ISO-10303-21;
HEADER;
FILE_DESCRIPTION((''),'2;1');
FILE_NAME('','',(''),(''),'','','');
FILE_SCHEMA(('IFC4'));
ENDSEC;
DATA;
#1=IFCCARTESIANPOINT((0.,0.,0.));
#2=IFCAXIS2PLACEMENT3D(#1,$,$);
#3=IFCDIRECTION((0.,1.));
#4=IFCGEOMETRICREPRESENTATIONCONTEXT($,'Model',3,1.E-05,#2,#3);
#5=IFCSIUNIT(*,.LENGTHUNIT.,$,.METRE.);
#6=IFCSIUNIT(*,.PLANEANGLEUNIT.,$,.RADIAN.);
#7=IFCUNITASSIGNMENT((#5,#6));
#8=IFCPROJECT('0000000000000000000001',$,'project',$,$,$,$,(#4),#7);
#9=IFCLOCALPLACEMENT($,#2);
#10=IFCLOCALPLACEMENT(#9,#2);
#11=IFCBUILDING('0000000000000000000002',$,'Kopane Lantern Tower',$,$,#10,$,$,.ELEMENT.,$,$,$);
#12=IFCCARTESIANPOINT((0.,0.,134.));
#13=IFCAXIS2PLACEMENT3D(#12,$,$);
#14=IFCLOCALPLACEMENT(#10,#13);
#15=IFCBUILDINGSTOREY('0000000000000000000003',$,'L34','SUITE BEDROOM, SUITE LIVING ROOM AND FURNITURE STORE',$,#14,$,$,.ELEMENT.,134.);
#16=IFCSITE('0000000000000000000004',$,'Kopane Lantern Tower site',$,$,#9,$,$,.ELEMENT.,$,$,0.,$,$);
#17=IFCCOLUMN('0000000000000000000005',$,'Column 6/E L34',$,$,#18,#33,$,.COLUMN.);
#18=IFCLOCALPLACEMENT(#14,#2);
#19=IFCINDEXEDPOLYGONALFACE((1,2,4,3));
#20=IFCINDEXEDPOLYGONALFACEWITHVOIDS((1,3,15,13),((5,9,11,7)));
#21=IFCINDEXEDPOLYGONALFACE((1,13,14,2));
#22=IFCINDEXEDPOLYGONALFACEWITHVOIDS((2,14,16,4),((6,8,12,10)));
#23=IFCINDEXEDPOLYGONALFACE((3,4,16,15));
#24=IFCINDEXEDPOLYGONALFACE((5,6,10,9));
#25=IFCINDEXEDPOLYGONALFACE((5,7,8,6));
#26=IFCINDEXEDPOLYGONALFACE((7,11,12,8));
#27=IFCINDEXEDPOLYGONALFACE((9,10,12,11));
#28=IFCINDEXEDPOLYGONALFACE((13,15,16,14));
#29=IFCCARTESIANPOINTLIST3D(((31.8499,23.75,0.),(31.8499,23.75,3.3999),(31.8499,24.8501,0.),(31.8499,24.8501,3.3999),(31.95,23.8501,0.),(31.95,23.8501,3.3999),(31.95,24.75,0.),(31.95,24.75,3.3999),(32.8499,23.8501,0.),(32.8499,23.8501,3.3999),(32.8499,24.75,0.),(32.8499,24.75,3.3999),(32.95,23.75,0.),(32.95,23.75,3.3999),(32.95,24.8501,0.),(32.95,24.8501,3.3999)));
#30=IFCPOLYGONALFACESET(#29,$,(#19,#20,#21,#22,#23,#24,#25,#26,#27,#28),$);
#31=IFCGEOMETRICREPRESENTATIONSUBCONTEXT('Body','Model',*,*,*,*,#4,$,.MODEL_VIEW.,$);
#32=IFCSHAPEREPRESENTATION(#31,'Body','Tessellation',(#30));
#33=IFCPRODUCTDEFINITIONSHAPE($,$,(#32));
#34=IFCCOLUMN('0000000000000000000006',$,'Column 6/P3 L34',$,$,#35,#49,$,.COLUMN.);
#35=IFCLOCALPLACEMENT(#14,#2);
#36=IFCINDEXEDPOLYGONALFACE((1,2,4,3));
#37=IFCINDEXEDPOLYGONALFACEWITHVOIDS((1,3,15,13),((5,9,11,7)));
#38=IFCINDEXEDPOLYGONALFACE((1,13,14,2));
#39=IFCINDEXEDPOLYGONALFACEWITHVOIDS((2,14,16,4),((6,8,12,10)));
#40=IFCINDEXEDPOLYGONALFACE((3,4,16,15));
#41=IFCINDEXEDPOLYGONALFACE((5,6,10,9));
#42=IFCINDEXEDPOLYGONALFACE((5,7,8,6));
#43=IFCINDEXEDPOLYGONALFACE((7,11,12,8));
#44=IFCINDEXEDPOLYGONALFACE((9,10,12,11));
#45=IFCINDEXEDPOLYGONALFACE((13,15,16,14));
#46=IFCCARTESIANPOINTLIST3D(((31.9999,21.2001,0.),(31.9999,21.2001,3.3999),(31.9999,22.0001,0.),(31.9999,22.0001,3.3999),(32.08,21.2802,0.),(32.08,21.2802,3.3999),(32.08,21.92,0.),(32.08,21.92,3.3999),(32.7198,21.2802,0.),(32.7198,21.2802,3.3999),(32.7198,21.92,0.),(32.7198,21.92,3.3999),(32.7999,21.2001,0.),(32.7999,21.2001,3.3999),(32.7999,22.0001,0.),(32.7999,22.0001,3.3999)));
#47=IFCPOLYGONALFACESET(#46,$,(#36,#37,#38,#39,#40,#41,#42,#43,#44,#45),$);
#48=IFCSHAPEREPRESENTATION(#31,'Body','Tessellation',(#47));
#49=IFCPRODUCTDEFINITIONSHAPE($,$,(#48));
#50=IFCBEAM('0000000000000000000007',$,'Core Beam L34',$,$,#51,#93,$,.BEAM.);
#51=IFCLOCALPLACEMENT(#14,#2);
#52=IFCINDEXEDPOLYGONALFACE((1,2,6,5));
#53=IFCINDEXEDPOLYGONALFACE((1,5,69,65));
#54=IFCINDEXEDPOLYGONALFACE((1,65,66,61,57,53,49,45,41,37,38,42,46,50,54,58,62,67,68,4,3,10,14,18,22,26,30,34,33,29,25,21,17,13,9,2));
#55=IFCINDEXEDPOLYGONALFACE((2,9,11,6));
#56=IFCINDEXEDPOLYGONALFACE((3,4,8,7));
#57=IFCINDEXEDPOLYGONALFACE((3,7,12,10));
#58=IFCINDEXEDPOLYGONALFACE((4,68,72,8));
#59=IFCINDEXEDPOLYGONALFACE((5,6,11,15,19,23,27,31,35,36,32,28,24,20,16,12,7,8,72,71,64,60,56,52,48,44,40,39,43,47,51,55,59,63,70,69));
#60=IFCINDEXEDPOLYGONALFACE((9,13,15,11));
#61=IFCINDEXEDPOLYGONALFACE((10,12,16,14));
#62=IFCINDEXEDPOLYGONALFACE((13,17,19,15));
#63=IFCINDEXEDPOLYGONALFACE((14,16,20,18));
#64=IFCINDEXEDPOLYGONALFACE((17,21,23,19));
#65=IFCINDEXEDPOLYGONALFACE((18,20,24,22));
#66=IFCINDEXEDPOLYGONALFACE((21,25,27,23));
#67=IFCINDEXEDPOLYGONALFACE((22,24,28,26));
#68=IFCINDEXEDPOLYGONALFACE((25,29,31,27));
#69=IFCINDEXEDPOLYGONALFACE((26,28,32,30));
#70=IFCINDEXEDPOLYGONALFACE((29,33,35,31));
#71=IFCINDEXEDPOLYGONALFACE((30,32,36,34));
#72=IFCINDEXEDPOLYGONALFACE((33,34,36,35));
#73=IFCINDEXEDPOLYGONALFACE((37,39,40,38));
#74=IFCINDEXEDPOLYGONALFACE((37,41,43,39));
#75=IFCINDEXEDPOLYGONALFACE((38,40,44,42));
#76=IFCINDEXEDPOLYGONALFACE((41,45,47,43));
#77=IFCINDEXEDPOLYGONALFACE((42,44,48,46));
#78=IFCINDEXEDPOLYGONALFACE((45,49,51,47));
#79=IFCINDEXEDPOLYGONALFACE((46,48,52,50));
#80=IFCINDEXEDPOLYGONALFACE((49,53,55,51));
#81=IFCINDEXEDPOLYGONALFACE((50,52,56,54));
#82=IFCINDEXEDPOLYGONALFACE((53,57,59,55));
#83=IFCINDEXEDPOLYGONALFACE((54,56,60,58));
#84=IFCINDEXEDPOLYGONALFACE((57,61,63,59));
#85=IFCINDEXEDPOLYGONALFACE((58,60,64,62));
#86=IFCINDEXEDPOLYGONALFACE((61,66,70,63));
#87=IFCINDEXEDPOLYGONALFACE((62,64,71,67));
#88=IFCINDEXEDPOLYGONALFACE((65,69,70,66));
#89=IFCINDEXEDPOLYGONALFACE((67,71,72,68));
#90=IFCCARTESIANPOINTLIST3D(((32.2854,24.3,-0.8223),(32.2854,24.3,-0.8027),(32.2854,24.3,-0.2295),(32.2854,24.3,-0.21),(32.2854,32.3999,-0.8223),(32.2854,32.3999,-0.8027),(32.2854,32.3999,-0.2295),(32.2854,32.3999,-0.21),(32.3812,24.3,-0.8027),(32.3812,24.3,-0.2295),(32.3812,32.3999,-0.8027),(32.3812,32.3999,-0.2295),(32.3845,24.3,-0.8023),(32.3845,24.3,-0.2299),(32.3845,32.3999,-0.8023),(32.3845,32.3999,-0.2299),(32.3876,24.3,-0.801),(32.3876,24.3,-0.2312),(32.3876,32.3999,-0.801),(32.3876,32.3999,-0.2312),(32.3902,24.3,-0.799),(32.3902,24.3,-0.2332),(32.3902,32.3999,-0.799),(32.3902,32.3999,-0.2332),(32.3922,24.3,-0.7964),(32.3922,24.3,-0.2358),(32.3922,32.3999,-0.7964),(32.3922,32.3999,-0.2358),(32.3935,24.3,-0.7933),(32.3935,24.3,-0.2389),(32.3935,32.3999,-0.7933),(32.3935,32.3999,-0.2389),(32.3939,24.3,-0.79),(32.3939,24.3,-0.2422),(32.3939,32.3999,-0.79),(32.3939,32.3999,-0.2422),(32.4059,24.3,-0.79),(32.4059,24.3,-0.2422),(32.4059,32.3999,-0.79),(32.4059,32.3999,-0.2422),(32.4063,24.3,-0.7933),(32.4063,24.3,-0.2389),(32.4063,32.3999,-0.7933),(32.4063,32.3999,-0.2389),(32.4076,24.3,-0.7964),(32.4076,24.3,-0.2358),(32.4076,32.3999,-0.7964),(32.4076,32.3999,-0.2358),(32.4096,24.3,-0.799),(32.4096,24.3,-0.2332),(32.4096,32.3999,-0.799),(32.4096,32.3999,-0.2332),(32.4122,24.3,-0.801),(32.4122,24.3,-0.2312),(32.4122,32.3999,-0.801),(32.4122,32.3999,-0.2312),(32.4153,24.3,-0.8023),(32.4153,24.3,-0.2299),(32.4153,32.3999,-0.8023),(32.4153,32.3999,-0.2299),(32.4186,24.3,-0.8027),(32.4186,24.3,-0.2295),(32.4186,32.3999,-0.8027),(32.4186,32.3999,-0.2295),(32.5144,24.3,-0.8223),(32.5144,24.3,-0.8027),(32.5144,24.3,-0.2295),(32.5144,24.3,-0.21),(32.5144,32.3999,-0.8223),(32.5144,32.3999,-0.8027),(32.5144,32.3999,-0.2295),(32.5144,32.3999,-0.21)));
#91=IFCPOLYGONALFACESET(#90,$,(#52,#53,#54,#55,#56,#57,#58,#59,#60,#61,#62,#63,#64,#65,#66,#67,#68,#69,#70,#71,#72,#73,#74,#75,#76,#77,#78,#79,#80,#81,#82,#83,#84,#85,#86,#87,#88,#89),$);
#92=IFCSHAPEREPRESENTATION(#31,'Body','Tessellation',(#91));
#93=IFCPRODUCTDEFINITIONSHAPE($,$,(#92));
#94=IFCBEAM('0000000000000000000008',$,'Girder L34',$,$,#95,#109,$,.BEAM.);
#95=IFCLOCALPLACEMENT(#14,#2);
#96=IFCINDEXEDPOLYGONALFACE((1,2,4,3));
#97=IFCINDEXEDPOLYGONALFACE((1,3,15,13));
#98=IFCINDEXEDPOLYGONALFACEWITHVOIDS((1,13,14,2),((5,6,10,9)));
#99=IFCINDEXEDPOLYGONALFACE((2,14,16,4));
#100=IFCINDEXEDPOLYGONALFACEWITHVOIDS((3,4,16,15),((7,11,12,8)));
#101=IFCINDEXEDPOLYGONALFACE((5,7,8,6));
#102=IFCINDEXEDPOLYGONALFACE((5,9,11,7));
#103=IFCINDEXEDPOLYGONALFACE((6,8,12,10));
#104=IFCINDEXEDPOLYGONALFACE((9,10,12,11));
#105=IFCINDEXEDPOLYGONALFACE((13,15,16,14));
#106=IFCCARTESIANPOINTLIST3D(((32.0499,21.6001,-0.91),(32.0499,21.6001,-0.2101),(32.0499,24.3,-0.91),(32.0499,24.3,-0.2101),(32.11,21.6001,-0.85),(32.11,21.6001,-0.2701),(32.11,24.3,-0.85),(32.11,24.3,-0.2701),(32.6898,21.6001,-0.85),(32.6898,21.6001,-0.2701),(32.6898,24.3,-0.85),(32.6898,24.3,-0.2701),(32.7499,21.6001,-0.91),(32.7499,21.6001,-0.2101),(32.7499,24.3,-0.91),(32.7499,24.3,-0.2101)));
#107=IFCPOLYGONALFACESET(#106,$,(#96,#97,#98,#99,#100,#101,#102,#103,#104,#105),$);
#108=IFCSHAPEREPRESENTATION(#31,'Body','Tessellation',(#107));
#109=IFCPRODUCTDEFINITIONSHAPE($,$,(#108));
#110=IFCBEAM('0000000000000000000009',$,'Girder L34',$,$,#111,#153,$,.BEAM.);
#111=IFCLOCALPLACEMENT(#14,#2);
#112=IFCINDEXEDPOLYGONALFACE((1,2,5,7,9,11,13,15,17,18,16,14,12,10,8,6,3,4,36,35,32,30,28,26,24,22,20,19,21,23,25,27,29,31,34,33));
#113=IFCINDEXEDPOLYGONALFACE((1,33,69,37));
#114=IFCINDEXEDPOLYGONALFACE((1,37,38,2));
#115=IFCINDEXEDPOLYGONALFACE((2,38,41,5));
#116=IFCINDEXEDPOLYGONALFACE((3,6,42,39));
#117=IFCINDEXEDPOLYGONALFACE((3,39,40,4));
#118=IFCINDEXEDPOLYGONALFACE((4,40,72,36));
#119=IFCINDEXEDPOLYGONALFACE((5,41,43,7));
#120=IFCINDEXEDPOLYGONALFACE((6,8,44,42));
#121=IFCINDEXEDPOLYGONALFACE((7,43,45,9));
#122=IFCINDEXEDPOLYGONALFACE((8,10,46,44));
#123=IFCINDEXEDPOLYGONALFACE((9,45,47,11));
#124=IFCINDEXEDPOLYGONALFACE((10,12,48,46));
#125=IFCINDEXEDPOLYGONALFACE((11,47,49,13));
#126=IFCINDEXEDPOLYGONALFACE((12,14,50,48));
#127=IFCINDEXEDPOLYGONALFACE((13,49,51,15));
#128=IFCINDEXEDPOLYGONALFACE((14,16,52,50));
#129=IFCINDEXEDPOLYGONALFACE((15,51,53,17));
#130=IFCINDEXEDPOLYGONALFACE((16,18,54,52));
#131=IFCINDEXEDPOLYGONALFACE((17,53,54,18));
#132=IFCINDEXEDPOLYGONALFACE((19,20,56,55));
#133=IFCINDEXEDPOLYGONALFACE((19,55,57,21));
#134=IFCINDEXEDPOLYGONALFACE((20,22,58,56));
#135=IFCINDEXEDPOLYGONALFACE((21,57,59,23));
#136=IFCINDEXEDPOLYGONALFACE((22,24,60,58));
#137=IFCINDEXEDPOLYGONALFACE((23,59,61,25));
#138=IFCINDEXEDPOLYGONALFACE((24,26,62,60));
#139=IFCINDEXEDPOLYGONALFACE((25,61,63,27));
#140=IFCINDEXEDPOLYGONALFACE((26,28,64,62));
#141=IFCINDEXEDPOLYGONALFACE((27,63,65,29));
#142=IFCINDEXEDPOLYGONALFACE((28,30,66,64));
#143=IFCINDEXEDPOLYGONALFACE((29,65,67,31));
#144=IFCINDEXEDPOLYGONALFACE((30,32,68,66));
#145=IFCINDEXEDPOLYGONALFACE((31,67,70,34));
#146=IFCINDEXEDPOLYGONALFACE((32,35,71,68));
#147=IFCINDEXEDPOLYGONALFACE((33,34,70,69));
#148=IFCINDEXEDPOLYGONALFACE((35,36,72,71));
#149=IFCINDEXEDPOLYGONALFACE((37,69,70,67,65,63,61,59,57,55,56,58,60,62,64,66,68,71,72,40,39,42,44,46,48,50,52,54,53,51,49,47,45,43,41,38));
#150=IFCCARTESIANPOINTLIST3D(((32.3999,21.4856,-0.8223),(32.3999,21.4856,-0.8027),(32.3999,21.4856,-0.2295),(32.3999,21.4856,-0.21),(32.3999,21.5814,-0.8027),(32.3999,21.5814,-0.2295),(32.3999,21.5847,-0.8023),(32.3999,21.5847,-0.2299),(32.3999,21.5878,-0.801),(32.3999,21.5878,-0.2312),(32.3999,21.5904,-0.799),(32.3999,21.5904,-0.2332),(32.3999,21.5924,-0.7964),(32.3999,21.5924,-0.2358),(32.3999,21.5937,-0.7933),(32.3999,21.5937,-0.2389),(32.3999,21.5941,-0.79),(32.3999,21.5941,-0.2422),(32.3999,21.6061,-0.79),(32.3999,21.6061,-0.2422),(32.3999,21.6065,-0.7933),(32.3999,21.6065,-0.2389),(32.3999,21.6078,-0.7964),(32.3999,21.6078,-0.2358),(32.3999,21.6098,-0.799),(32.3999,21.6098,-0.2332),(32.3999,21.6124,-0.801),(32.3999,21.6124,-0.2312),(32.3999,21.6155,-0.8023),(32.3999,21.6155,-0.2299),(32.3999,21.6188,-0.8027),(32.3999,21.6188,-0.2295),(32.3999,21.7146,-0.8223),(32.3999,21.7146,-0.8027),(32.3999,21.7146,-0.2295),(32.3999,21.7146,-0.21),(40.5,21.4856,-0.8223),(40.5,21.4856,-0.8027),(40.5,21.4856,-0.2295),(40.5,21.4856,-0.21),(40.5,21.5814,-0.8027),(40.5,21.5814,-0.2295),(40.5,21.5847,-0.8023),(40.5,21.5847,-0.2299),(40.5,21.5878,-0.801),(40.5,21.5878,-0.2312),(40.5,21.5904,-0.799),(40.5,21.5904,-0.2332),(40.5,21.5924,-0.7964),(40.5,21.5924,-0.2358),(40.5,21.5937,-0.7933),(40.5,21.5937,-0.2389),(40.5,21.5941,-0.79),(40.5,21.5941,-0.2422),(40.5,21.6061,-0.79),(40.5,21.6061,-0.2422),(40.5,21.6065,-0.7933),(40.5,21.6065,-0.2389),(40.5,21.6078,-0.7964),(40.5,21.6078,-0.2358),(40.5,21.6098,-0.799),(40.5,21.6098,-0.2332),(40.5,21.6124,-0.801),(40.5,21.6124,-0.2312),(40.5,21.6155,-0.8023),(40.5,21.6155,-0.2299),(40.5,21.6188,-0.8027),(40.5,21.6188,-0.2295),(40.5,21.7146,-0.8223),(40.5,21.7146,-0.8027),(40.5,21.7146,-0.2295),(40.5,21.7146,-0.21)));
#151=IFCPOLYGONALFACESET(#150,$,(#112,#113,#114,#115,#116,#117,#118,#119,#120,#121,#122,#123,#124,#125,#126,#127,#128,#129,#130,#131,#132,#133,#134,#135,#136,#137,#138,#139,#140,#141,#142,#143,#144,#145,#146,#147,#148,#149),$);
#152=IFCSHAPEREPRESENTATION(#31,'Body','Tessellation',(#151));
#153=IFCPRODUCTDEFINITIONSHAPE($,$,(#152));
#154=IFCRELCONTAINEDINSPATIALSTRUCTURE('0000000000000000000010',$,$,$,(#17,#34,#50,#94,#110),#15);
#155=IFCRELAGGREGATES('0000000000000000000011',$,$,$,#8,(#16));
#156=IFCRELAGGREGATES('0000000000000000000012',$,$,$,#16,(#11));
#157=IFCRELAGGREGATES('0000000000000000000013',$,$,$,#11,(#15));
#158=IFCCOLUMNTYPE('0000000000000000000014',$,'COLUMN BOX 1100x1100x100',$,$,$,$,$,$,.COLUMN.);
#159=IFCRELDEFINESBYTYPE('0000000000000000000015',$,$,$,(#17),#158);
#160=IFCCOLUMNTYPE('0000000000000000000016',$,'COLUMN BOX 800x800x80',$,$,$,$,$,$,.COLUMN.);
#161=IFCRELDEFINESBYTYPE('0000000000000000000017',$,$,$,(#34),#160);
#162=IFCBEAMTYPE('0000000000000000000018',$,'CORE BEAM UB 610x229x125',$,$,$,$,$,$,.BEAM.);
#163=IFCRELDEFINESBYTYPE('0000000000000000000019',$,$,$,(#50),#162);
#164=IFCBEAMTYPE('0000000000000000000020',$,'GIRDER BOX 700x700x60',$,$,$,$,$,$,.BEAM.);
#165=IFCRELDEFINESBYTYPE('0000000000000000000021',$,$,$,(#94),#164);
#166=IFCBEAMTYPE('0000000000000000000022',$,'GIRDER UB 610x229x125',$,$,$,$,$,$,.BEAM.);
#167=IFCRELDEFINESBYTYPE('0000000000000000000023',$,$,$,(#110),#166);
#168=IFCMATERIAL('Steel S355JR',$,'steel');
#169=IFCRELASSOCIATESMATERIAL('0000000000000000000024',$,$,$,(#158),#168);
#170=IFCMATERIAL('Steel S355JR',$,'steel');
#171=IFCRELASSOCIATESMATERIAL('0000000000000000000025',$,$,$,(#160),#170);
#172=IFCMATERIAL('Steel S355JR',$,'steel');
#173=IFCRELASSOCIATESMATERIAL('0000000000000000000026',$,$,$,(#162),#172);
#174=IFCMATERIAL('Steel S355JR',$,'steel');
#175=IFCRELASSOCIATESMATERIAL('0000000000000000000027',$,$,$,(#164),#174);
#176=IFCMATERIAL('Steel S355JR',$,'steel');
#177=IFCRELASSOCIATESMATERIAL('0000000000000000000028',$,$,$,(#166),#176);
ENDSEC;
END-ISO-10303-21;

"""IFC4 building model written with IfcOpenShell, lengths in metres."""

from ifc_helpers import new_model, si_unit, direction, frame, origin, origin_2d, place, context, subcontext, project, spatial, hollow_rectangle, i_section, extrude, material, material_profile, profile_set, type_object, element, save


model = new_model("IFC4")

# Units and contexts
model_context = context("Model", 3, precision=1e-05, world=origin(), true_north=direction((0.0, 1.0)))
body_context = subcontext(model_context, "Body", "Model", "MODEL_VIEW")
ifc_project = project(units=[si_unit("LENGTHUNIT", "METRE"), si_unit("PLANEANGLEUNIT", "RADIAN")], contexts=[model_context])

# Site, building, storey
site_placement = place(None, origin())
site = spatial("IfcSite", under=ifc_project, at=site_placement, Name="Kopane Lantern Tower site", CompositionType="ELEMENT", RefElevation=0.0)
building_placement = place(site_placement, origin())
building = spatial("IfcBuilding", under=site, at=building_placement, Name="Kopane Lantern Tower", CompositionType="ELEMENT")
storey_placement = place(building_placement, frame((0.0, 0.0, 134.0)))
storey = spatial("IfcBuildingStorey", under=building, at=storey_placement, Name="L34", Description="SUITE BEDROOM, SUITE LIVING ROOM AND FURNITURE STORE", CompositionType="ELEMENT", Elevation=134.0)

# Columns
ifc_material_1 = material(Name="Steel S355JR", Category="steel")
ifc_material_profile_1 = material_profile(ifc_material_1, hollow_rectangle(XDim=1.1001, YDim=1.1001, WallThickness=0.1001, at=origin_2d()), Name="BOX 1100x1100x100")
ifc_profile_set_1 = profile_set([ifc_material_profile_1], Name="Steel S355JR")
column_type_1 = type_object("IfcColumnType", Name="COLUMN BOX 1100x1100x100", PredefinedType="COLUMN", material=ifc_profile_set_1)
column_1_placement = place(storey_placement, frame((32.3999, 24.3, 0.0), z_axis=(0.0, 0.0, 1.0), x_axis=(1.0, 0.0, 0.0)))
element("IfcColumn", 1, at=column_1_placement, inside=storey, type_object=column_type_1, Name="Column 6/E L34", PredefinedType="COLUMN", context=body_context, shape_type="SweptSolid", body=[
    extrude(hollow_rectangle(XDim=1.1001, YDim=1.1001, WallThickness=0.1001, at=origin_2d()), origin(), (0.0, 0.0, 1.0), 3.3999),
])
ifc_material_2 = material(Name="Steel S355JR", Category="steel")
ifc_material_profile_2 = material_profile(ifc_material_2, hollow_rectangle(XDim=0.8, YDim=0.8, WallThickness=0.0801, at=origin_2d()), Name="BOX 800x800x80")
ifc_profile_set_2 = profile_set([ifc_material_profile_2], Name="Steel S355JR")
column_type_2 = type_object("IfcColumnType", Name="COLUMN BOX 800x800x80", PredefinedType="COLUMN", material=ifc_profile_set_2)
column_2_placement = place(storey_placement, frame((32.3999, 21.6001, 0.0), z_axis=(0.0, 0.0, 1.0), x_axis=(1.0, 0.0, 0.0)))
element("IfcColumn", 2, at=column_2_placement, inside=storey, type_object=column_type_2, Name="Column 6/P3 L34", PredefinedType="COLUMN", context=body_context, shape_type="SweptSolid", body=[
    extrude(hollow_rectangle(XDim=0.8, YDim=0.8, WallThickness=0.0801, at=origin_2d()), origin(), (0.0, 0.0, 1.0), 3.3999),
])

# Beams
ifc_material_3 = material(Name="Steel S355JR", Category="steel")
ifc_material_profile_3 = material_profile(ifc_material_3, i_section(OverallWidth=0.229, OverallDepth=0.6123, WebThickness=0.012, FlangeThickness=0.0195, FilletRadius=0.0127, at=origin_2d()), Name="UB 610x229x125")
ifc_profile_set_3 = profile_set([ifc_material_profile_3], Name="Steel S355JR")
beam_type_1 = type_object("IfcBeamType", Name="CORE BEAM UB 610x229x125", PredefinedType="BEAM", material=ifc_profile_set_3)
beam_1_placement = place(storey_placement, frame((32.3999, 24.3, -0.5161), z_axis=(0.0, 1.0, 0.0), x_axis=(-1.0, 0.0, 0.0)))
element("IfcBeam", 3, at=beam_1_placement, inside=storey, type_object=beam_type_1, Name="Core Beam L34", PredefinedType="BEAM", context=body_context, shape_type="SweptSolid", body=[
    extrude(i_section(OverallWidth=0.229, OverallDepth=0.6123, WebThickness=0.012, FlangeThickness=0.0195, FilletRadius=0.0127, at=origin_2d()), origin(), (0.0, 0.0, 1.0), 8.0999),
])
ifc_material_4 = material(Name="Steel S355JR", Category="steel")
ifc_material_profile_4 = material_profile(ifc_material_4, hollow_rectangle(XDim=0.7, YDim=0.7, WallThickness=0.0601, at=origin_2d()), Name="BOX 700x700x60")
ifc_profile_set_4 = profile_set([ifc_material_profile_4], Name="Steel S355JR")
beam_type_2 = type_object("IfcBeamType", Name="GIRDER BOX 700x700x60", PredefinedType="BEAM", material=ifc_profile_set_4)
beam_2_placement = place(storey_placement, frame((32.3999, 21.6001, -0.5601), z_axis=(0.0, 1.0, 0.0), x_axis=(-1.0, 0.0, 0.0)))
element("IfcBeam", 4, at=beam_2_placement, inside=storey, type_object=beam_type_2, Name="Girder L34", PredefinedType="BEAM", context=body_context, shape_type="SweptSolid", body=[
    extrude(hollow_rectangle(XDim=0.7, YDim=0.7, WallThickness=0.0601, at=origin_2d()), origin(), (0.0, 0.0, 1.0), 2.7),
])
ifc_material_5 = material(Name="Steel S355JR", Category="steel")
ifc_material_profile_5 = material_profile(ifc_material_5, i_section(OverallWidth=0.229, OverallDepth=0.6123, WebThickness=0.012, FlangeThickness=0.0195, FilletRadius=0.0127, at=origin_2d()), Name="UB 610x229x125")
ifc_profile_set_5 = profile_set([ifc_material_profile_5], Name="Steel S355JR")
beam_type_3 = type_object("IfcBeamType", Name="GIRDER UB 610x229x125", PredefinedType="BEAM", material=ifc_profile_set_5)
beam_3_placement = place(storey_placement, frame((32.3999, 21.6001, -0.5161), z_axis=(1.0, 0.0, 0.0), x_axis=(0.0, 1.0, 0.0)))
element("IfcBeam", 5, at=beam_3_placement, inside=storey, type_object=beam_type_3, Name="Girder L34", PredefinedType="BEAM", context=body_context, shape_type="SweptSolid", body=[
    extrude(i_section(OverallWidth=0.229, OverallDepth=0.6123, WebThickness=0.012, FlangeThickness=0.0195, FilletRadius=0.0127, at=origin_2d()), origin(), (0.0, 0.0, 1.0), 8.1001),
])

save(model, "model.ifc")
